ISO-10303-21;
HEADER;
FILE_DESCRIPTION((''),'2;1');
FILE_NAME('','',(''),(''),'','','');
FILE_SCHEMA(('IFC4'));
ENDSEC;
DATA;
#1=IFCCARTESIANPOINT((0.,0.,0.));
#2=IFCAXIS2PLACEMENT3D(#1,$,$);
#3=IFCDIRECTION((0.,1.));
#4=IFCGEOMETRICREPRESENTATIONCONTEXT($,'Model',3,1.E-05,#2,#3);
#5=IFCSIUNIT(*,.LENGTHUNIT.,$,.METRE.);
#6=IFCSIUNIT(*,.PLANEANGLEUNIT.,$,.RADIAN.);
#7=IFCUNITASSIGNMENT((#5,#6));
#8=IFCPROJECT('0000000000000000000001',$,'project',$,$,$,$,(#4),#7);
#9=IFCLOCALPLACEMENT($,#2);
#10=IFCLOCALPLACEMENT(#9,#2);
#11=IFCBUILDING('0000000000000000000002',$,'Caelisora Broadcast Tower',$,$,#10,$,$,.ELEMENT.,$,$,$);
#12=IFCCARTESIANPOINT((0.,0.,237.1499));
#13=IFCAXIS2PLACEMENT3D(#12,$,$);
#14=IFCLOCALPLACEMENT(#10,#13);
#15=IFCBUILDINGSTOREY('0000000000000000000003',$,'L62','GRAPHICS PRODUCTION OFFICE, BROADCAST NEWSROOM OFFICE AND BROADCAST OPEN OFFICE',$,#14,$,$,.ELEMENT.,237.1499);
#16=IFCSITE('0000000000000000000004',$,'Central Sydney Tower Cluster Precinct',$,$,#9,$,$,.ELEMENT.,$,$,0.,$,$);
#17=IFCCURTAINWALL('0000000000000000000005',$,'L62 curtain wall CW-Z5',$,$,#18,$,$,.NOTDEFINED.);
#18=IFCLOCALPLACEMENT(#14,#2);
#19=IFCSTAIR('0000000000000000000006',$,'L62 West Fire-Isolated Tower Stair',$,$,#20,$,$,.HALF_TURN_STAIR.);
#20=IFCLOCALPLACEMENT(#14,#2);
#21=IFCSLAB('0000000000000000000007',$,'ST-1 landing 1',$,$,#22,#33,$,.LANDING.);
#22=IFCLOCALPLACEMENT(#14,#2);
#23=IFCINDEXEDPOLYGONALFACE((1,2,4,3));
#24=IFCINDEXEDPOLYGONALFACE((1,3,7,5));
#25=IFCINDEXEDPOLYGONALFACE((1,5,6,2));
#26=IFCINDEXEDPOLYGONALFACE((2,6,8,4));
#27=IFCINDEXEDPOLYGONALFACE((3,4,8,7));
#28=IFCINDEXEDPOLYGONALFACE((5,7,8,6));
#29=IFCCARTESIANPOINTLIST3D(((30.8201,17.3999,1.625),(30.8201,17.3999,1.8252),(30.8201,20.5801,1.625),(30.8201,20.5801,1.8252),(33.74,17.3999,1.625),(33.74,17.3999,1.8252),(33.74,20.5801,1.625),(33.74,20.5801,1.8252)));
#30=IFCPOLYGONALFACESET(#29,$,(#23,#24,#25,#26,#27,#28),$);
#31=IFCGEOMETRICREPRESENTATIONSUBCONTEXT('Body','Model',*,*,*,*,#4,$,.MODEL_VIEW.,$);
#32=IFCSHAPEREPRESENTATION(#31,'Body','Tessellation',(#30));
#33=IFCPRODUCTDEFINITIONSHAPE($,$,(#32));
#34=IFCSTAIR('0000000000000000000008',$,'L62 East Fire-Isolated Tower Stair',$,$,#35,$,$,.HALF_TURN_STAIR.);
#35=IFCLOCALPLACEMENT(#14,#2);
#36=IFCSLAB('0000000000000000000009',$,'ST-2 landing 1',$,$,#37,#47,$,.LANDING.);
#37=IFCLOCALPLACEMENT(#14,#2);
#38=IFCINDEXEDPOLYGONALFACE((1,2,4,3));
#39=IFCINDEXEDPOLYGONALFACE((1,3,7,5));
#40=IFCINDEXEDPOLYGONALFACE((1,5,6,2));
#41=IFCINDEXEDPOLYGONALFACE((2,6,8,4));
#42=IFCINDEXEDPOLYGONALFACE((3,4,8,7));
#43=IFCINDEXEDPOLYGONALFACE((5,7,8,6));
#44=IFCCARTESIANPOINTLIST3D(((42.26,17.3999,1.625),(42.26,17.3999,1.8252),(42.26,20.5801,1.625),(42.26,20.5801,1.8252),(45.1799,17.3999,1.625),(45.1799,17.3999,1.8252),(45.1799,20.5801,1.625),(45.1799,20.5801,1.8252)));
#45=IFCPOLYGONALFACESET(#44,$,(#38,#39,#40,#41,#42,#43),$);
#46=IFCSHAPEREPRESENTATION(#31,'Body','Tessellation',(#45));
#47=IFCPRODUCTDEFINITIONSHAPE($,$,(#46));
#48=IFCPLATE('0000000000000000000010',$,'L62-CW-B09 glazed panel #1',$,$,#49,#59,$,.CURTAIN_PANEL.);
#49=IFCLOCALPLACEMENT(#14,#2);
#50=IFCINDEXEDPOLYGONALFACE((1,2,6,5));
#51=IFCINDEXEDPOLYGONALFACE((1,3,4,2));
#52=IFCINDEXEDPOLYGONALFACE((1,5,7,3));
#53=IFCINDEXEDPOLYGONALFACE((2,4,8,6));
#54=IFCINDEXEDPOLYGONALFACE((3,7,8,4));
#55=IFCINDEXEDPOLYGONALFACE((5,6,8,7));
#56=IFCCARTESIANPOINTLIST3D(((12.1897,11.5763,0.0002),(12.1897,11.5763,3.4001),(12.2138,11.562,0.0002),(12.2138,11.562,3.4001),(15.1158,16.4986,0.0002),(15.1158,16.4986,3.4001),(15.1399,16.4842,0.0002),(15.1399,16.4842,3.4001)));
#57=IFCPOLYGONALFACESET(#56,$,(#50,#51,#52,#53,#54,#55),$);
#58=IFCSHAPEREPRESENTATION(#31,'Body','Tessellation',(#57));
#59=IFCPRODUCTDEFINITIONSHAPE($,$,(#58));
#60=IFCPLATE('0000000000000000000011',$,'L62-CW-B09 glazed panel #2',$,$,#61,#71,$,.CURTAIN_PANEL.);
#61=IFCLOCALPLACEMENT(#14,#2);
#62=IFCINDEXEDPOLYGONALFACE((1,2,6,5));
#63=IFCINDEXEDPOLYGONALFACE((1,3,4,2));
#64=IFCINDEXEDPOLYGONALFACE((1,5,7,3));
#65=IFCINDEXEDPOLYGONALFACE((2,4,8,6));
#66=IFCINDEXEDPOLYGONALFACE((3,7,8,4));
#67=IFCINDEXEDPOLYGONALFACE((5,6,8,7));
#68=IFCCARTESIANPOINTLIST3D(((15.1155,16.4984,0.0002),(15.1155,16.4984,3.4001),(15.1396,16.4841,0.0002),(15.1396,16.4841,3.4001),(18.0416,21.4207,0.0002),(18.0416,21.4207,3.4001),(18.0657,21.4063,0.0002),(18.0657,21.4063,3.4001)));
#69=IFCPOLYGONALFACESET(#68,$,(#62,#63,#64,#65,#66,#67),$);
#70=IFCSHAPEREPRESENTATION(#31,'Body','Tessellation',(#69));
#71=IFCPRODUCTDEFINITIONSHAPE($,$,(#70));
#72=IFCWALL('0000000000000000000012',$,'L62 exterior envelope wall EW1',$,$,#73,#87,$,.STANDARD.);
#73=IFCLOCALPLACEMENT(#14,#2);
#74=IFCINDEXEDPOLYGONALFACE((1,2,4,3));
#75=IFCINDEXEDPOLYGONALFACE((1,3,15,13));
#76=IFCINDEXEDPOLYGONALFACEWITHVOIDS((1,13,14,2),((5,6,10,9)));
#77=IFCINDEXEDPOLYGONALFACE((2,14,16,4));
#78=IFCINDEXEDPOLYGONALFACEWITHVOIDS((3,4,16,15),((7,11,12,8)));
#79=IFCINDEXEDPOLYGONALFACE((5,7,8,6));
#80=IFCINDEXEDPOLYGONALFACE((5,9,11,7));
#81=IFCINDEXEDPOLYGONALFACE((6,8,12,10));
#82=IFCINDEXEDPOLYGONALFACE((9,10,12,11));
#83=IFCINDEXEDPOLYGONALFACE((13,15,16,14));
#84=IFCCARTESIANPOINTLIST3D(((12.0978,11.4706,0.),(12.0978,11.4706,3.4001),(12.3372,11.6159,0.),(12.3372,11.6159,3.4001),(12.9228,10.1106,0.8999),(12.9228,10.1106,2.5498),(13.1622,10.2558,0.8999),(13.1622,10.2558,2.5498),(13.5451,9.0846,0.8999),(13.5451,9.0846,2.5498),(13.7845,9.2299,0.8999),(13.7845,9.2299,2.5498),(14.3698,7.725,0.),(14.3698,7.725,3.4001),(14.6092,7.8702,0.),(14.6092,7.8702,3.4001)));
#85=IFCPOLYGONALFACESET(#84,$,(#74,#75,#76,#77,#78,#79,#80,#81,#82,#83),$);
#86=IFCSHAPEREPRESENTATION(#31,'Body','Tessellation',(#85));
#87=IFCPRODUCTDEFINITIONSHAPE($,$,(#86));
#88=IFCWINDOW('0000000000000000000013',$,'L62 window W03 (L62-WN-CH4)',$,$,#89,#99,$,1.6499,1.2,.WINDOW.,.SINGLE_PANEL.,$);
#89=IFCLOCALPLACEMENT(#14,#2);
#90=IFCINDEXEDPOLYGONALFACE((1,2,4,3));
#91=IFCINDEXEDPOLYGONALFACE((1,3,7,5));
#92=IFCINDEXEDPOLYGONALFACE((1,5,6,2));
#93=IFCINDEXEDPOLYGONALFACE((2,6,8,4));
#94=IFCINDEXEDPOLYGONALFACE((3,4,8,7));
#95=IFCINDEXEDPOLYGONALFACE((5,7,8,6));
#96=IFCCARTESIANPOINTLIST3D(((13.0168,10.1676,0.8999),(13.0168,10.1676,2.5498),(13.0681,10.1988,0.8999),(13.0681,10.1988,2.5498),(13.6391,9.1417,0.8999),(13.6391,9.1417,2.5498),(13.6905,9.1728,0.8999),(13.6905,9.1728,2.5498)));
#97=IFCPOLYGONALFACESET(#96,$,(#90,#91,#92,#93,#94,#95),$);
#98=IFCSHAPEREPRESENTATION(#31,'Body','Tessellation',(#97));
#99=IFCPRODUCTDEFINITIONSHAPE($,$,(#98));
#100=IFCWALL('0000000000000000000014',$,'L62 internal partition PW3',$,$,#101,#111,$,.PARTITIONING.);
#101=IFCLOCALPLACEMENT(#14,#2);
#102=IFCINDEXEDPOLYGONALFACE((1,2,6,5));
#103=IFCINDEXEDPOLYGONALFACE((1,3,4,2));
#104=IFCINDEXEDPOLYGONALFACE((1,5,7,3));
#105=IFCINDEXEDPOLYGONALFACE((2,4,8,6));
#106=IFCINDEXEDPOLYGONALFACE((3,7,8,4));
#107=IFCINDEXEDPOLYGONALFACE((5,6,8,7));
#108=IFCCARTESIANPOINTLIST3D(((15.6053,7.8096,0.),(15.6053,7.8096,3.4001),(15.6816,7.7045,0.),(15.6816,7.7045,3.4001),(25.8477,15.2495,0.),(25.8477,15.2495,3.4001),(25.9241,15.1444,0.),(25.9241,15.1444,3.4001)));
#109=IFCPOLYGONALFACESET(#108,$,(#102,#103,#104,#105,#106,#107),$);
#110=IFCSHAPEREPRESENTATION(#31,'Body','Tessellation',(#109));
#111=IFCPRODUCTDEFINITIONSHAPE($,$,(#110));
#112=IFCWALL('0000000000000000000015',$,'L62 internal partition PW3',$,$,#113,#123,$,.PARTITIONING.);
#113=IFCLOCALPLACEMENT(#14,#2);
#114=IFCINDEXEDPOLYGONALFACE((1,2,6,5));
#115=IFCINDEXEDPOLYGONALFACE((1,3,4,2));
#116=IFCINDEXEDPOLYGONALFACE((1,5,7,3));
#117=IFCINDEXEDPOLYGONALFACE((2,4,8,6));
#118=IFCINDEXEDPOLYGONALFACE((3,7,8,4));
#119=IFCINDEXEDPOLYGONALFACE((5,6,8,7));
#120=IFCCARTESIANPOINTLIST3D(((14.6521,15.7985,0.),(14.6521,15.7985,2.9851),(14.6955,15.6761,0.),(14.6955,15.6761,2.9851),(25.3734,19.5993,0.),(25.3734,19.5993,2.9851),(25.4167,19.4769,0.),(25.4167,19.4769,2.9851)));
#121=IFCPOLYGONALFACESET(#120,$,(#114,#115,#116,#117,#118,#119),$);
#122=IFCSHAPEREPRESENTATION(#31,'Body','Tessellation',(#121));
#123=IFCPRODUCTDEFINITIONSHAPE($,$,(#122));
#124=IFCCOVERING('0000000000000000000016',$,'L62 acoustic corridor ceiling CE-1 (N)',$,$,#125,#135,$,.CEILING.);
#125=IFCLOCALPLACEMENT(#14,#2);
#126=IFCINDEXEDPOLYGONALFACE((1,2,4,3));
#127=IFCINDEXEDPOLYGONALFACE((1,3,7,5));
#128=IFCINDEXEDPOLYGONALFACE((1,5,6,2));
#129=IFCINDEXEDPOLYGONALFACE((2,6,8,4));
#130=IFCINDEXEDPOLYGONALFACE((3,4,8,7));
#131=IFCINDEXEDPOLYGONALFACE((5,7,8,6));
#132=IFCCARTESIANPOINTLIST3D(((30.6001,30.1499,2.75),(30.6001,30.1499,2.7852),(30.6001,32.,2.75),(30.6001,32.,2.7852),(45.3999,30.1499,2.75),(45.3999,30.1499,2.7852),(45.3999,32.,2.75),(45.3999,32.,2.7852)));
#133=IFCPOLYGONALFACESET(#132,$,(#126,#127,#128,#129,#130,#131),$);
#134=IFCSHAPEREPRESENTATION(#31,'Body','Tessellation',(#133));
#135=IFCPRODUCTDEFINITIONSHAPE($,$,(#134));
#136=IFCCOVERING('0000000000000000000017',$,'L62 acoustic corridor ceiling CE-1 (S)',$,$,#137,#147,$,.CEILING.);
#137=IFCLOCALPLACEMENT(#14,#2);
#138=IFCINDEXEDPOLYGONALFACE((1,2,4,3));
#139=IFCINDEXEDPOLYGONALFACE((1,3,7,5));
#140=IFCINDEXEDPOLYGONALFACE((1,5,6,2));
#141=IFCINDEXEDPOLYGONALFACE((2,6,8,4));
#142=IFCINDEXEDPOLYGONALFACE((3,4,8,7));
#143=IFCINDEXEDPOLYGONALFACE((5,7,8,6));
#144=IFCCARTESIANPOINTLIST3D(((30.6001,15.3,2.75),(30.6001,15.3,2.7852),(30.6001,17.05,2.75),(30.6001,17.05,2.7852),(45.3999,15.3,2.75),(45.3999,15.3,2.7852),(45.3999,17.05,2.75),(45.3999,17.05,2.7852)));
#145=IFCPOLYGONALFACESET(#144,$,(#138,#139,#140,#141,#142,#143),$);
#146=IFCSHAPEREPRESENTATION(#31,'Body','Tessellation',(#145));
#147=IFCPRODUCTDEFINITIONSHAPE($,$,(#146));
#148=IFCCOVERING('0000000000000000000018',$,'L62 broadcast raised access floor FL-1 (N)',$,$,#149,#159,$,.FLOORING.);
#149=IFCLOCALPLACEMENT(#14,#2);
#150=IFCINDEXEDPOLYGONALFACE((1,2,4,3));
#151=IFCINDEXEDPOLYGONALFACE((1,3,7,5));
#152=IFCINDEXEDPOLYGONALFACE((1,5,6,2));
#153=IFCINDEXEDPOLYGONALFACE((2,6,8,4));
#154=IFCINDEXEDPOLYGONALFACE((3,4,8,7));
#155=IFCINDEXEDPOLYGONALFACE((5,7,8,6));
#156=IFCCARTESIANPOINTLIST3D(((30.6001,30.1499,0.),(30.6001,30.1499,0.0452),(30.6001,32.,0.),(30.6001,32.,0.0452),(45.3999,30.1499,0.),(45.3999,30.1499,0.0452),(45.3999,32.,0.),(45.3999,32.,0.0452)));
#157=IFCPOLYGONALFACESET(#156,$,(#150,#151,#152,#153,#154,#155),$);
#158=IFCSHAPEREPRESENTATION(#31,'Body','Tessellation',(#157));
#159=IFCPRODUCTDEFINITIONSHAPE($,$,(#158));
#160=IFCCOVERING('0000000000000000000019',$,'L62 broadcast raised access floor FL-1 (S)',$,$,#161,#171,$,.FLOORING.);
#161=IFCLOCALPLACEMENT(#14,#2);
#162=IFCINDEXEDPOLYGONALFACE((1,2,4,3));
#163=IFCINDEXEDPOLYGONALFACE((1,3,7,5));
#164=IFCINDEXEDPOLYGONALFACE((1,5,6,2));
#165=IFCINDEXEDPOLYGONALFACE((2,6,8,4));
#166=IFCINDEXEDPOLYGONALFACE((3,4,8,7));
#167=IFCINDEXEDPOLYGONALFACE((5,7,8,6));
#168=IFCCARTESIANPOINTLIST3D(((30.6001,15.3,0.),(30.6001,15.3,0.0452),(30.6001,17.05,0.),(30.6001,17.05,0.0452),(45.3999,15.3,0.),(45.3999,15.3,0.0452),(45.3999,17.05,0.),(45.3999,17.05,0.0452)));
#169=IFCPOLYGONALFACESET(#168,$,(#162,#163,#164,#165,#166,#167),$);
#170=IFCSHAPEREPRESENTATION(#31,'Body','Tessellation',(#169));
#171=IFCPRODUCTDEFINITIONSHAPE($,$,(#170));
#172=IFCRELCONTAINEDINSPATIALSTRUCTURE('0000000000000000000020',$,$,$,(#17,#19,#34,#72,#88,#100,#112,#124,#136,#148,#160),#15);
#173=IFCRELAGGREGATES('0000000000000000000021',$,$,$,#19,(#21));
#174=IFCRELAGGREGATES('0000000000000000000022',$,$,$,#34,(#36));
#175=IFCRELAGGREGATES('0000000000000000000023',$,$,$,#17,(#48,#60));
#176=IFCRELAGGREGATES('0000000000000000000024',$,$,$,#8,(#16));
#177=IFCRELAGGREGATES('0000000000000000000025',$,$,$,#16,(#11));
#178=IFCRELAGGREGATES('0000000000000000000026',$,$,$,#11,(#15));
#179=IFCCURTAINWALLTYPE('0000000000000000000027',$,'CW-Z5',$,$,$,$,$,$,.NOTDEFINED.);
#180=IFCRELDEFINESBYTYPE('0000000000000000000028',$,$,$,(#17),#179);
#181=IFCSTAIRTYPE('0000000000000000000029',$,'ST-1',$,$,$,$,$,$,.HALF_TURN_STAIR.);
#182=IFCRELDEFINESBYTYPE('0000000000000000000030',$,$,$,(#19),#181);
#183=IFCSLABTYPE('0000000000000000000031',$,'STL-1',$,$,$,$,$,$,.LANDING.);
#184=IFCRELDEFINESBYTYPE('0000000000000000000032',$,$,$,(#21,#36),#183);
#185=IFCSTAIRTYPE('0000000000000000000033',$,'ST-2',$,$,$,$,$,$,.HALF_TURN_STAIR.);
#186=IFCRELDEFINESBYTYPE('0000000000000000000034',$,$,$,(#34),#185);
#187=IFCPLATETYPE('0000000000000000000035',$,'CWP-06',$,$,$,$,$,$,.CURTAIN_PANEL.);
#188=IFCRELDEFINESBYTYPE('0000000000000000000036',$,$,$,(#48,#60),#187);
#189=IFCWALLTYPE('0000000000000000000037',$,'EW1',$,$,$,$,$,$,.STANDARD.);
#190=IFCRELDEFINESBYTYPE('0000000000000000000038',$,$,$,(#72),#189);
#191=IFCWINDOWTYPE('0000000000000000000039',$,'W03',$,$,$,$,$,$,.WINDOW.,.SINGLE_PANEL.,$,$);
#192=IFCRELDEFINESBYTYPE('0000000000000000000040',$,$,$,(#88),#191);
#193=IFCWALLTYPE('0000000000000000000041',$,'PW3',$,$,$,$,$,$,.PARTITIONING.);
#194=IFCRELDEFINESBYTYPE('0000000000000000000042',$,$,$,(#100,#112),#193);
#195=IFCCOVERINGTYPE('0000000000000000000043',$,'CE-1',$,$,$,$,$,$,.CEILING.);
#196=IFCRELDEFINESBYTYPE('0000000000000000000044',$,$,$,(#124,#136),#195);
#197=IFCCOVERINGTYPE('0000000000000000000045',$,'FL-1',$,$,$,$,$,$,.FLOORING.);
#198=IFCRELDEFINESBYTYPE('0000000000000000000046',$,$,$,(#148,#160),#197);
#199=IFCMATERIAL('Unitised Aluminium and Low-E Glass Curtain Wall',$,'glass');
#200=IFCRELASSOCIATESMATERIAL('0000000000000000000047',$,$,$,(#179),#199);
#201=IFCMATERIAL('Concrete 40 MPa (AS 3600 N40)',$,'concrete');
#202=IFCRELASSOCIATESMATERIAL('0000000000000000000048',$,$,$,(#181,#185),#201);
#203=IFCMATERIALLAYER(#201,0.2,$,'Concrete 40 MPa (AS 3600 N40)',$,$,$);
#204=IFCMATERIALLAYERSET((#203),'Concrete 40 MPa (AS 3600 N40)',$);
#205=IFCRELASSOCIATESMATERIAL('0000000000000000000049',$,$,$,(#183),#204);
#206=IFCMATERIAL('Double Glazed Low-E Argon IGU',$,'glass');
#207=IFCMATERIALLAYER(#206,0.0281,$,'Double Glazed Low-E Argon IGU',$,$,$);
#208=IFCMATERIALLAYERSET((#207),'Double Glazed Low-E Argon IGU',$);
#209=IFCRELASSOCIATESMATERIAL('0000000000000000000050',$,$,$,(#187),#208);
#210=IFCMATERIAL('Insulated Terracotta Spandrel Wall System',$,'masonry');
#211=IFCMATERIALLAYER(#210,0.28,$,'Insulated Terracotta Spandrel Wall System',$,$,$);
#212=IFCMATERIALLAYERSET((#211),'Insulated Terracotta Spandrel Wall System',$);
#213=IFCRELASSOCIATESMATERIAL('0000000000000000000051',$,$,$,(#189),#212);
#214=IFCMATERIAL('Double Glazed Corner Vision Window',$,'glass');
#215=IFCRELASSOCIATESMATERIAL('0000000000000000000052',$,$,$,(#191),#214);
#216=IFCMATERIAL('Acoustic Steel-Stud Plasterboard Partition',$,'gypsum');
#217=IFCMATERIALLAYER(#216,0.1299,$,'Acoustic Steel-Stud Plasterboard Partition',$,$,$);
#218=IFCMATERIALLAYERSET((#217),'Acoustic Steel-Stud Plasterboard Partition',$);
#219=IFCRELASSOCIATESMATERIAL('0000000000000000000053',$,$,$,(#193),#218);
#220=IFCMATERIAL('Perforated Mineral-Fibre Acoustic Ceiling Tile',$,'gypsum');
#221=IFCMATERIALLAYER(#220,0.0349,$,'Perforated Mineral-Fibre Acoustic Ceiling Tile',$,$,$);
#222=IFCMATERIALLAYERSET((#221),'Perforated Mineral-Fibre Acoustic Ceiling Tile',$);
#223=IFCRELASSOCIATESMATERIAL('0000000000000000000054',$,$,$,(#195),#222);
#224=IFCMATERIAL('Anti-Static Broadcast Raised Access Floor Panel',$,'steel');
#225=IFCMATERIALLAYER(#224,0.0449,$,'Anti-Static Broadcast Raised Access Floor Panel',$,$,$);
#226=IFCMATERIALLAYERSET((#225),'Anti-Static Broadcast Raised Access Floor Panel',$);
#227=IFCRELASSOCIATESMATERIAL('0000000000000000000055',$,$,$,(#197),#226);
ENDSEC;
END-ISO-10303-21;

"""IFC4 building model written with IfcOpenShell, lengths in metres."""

from ifc_helpers import new_model, si_unit, direction, frame, frame_2d, origin, origin_2d, place, context, subcontext, project, spatial, polyline, rectangle, outline, extrude, source, transform, mapped, material, layer, layer_set, type_object, type_shapes, element, fill, aggregate, save


model = new_model("IFC4")

# Units and contexts
model_context = context("Model", 3, precision=1e-05, world=origin(), true_north=direction((0.0, 1.0)))
body_context = subcontext(model_context, "Body", "Model", "MODEL_VIEW")
ifc_project = project(units=[si_unit("LENGTHUNIT", "METRE"), si_unit("PLANEANGLEUNIT", "RADIAN")], contexts=[model_context])

# Site, building, storey
site_placement = place(None, origin())
site = spatial("IfcSite", under=ifc_project, at=site_placement, Name="Central Sydney Tower Cluster Precinct", CompositionType="ELEMENT", RefElevation=0.0)
building_placement = place(site_placement, origin())
building = spatial("IfcBuilding", under=site, at=building_placement, Name="Caelisora Broadcast Tower", CompositionType="ELEMENT")
storey_placement = place(building_placement, frame((0.0, 0.0, 237.1499)))
storey = spatial("IfcBuildingStorey", under=building, at=storey_placement, Name="L62", Description="GRAPHICS PRODUCTION OFFICE, BROADCAST NEWSROOM OFFICE AND BROADCAST OPEN OFFICE", CompositionType="ELEMENT", Elevation=237.1499)

# Shared definitions
ifc_material_1 = material(Name="Unitised Aluminium and Low-E Glass Curtain Wall", Category="glass")
curtain_wall_type = type_object("IfcCurtainWallType", Name="CW-Z5", PredefinedType="NOTDEFINED", material=ifc_material_1)

# Curtain wall
curtain_wall_1_placement = place(storey_placement, origin())
curtain_wall_1 = element("IfcCurtainWall", 1, at=curtain_wall_1_placement, inside=storey, type_object=curtain_wall_type, Name="L62 curtain wall CW-Z5", PredefinedType="NOTDEFINED")

# Shared definitions
ifc_material_2 = material(Name="Concrete 40 MPa (AS 3600 N40)", Category="concrete")

# Stairs, slabs
stair_type_1 = type_object("IfcStairType", Name="ST-1", PredefinedType="HALF_TURN_STAIR", material=ifc_material_2)
stair_1_placement = place(storey_placement, origin())
stair_1 = element("IfcStair", 2, at=stair_1_placement, inside=storey, type_object=stair_type_1, Name="L62 West Fire-Isolated Tower Stair", PredefinedType="HALF_TURN_STAIR")
ifc_layer_1 = layer(ifc_material_2, 0.2, Name="Concrete 40 MPa (AS 3600 N40)")
ifc_layer_set_1 = layer_set([ifc_layer_1], Name="Concrete 40 MPa (AS 3600 N40)")
slab_type_1 = type_object("IfcSlabType", Name="STL-1", PredefinedType="LANDING", material=ifc_layer_set_1)
slab_1_placement = place(storey_placement, frame((0.0, 0.0, 1.625)))
slab_1 = element("IfcSlab", 3, at=slab_1_placement, type_object=slab_type_1, Name="ST-1 landing 1", PredefinedType="LANDING", context=body_context, shape_type="SweptSolid", body=[
    extrude(outline(polyline([(30.8201, 20.5801), (30.8201, 17.3999), (33.74, 17.3999), (33.74, 20.5801), (30.8201, 20.5801)])), origin(), (0.0, 0.0, 1.0), 0.2002),
])
aggregate(stair_1, [slab_1])
stair_type_2 = type_object("IfcStairType", Name="ST-2", PredefinedType="HALF_TURN_STAIR", material=ifc_material_2)
stair_2_placement = place(storey_placement, origin())
stair_2 = element("IfcStair", 4, at=stair_2_placement, inside=storey, type_object=stair_type_2, Name="L62 East Fire-Isolated Tower Stair", PredefinedType="HALF_TURN_STAIR")
slab_2_placement = place(storey_placement, frame((0.0, 0.0, 1.625)))
slab_2 = element("IfcSlab", 5, at=slab_2_placement, type_object=slab_type_1, Name="ST-2 landing 1", PredefinedType="LANDING", context=body_context, shape_type="SweptSolid", body=[
    extrude(outline(polyline([(42.26, 20.5801), (42.26, 17.3999), (45.1799, 17.3999), (45.1799, 20.5801), (42.26, 20.5801)])), origin(), (0.0, 0.0, 1.0), 0.2002),
])
aggregate(stair_2, [slab_2])

# Plates
ifc_material_3 = material(Name="Double Glazed Low-E Argon IGU", Category="glass")
ifc_layer_2 = layer(ifc_material_3, 0.0281, Name="Double Glazed Low-E Argon IGU")
ifc_layer_set_2 = layer_set([ifc_layer_2], Name="Double Glazed Low-E Argon IGU")
plate_type = type_object("IfcPlateType", Name="CWP-06", PredefinedType="CURTAIN_PANEL", material=ifc_layer_set_2)
shared_shape_1 = source(origin(), body_context, "Body", "SweptSolid", [
    extrude(rectangle(XDim=5.7263, YDim=0.0281, at=origin_2d()), origin(), (0.0, 0.0, 1.0), 3.3999),
])
type_shapes(plate_type, [shared_shape_1])
plate_1_placement = place(storey_placement, frame((13.6648, 14.0303, 0.0002), z_axis=(0.0, 0.0, 1.0), x_axis=(0.510993, 0.859585, 0.0)))
plate_1 = element("IfcPlate", 6, at=plate_1_placement, type_object=plate_type, Name="L62-CW-B09 glazed panel #1", PredefinedType="CURTAIN_PANEL", context=body_context, shape_type="MappedRepresentation", body=[
    mapped(shared_shape_1, transform((0.0, 0.0, 0.0), scale=1.0)),
])
plate_2_placement = place(storey_placement, frame((16.5906, 18.9524, 0.0002), z_axis=(0.0, 0.0, 1.0), x_axis=(0.510993, 0.859585, 0.0)))
plate_2 = element("IfcPlate", 7, at=plate_2_placement, type_object=plate_type, Name="L62-CW-B09 glazed panel #2", PredefinedType="CURTAIN_PANEL", context=body_context, shape_type="MappedRepresentation", body=[
    mapped(shared_shape_1, transform((0.0, 0.0, 0.0), scale=1.0)),
])
aggregate(curtain_wall_1, [plate_1, plate_2])

# Wall, opening, window
ifc_material_4 = material(Name="Insulated Terracotta Spandrel Wall System", Category="masonry")
ifc_layer_3 = layer(ifc_material_4, 0.28, Name="Insulated Terracotta Spandrel Wall System")
ifc_layer_set_3 = layer_set([ifc_layer_3], Name="Insulated Terracotta Spandrel Wall System")
wall_type_1 = type_object("IfcWallType", Name="EW1", PredefinedType="STANDARD", material=ifc_layer_set_3)
wall_1_placement = place(storey_placement, frame((14.4895, 7.7976, 0.0), z_axis=(0.0, 0.0, 1.0), x_axis=(-0.51862, 0.855005, 0.0)))
wall_1 = element("IfcWall", 8, at=wall_1_placement, inside=storey, type_object=wall_type_1, Name="L62 exterior envelope wall EW1", PredefinedType="STANDARD", context=body_context, shape_type="SweptSolid", body=[
    extrude(rectangle(XDim=4.3809, YDim=0.28, at=frame_2d((2.1904, 0.0))), origin(), (0.0, 0.0, 1.0), 3.4001),
])
opening_placement = place(wall_1_placement, frame((1.5901, 0.0, 0.8999)))
opening = element("IfcOpeningElement", 9, at=opening_placement, cuts=wall_1, PredefinedType="OPENING", context=body_context, shape_type="SweptSolid", body=[
    extrude(rectangle(XDim=1.2, YDim=1.6499, at=frame_2d((0.6001, 0.825))), frame((0.0, 0.1521, 0.0), z_axis=(0.0, -1.0, 0.0), x_axis=(1.0, 0.0, 0.0)), (0.0, 0.0, 1.0), 0.304),
])
ifc_material_5 = material(Name="Double Glazed Corner Vision Window", Category="glass")
window_type = type_object("IfcWindowType", Name="W03", PartitioningType="SINGLE_PANEL", PredefinedType="WINDOW", material=ifc_material_5)
window_placement = place(opening_placement, origin())
window = element("IfcWindow", 10, at=window_placement, inside=storey, type_object=window_type, Name="L62 window W03 (L62-WN-CH4)", OverallHeight=1.6499, OverallWidth=1.2, PartitioningType="SINGLE_PANEL", PredefinedType="WINDOW", context=body_context, shape_type="SweptSolid", body=[
    extrude(rectangle(XDim=1.2, YDim=1.6499, at=frame_2d((0.6001, 0.825))), frame((0.0, 0.03, 0.0), z_axis=(0.0, -1.0, 0.0), x_axis=(1.0, 0.0, 0.0)), (0.0, 0.0, 1.0), 0.0601),
])
fill(opening, window)

# Walls
ifc_material_6 = material(Name="Acoustic Steel-Stud Plasterboard Partition", Category="gypsum")
ifc_layer_4 = layer(ifc_material_6, 0.1299, Name="Acoustic Steel-Stud Plasterboard Partition")
ifc_layer_set_4 = layer_set([ifc_layer_4], Name="Acoustic Steel-Stud Plasterboard Partition")
wall_type_2 = type_object("IfcWallType", Name="PW3", PredefinedType="PARTITIONING", material=ifc_layer_set_4)
wall_2_placement = place(storey_placement, frame((15.6436, 7.7571, 0.0), z_axis=(0.0, 0.0, 1.0), x_axis=(0.809078, 0.587701, 0.0)))
element("IfcWall", 11, at=wall_2_placement, inside=storey, type_object=wall_type_2, Name="L62 internal partition PW3", PredefinedType="PARTITIONING", context=body_context, shape_type="SweptSolid", body=[
    extrude(rectangle(XDim=12.6594, YDim=0.1299, at=frame_2d((6.3296, 0.0))), origin(), (0.0, 0.0, 1.0), 3.4001),
])
wall_3_placement = place(storey_placement, frame((14.6738, 15.7373, 0.0), z_axis=(0.0, 0.0, 1.0), x_axis=(0.942525, 0.334136, 0.0)))
element("IfcWall", 12, at=wall_3_placement, inside=storey, type_object=wall_type_2, Name="L62 internal partition PW3", PredefinedType="PARTITIONING", context=body_context, shape_type="SweptSolid", body=[
    extrude(rectangle(XDim=11.375, YDim=0.1299, at=frame_2d((5.6875, 0.0))), origin(), (0.0, 0.0, 1.0), 2.9851),
])

# Coverings
ifc_material_7 = material(Name="Perforated Mineral-Fibre Acoustic Ceiling Tile", Category="gypsum")
ifc_layer_5 = layer(ifc_material_7, 0.0349, Name="Perforated Mineral-Fibre Acoustic Ceiling Tile")
ifc_layer_set_5 = layer_set([ifc_layer_5], Name="Perforated Mineral-Fibre Acoustic Ceiling Tile")
covering_type_1 = type_object("IfcCoveringType", Name="CE-1", PredefinedType="CEILING", material=ifc_layer_set_5)
covering_1_placement = place(storey_placement, frame((0.0, 0.0, 2.75)))
element("IfcCovering", 13, at=covering_1_placement, inside=storey, type_object=covering_type_1, Name="L62 acoustic corridor ceiling CE-1 (N)", PredefinedType="CEILING", context=body_context, shape_type="SweptSolid", body=[
    extrude(outline(polyline([(30.6001, 30.1499), (45.3999, 30.1499), (45.3999, 32.0), (30.6001, 32.0), (30.6001, 30.1499)])), origin(), (0.0, 0.0, 1.0), 0.0352),
])
covering_2_placement = place(storey_placement, frame((0.0, 0.0, 2.75)))
element("IfcCovering", 14, at=covering_2_placement, inside=storey, type_object=covering_type_1, Name="L62 acoustic corridor ceiling CE-1 (S)", PredefinedType="CEILING", context=body_context, shape_type="SweptSolid", body=[
    extrude(outline(polyline([(30.6001, 15.3), (45.3999, 15.3), (45.3999, 17.05), (30.6001, 17.05), (30.6001, 15.3)])), origin(), (0.0, 0.0, 1.0), 0.0352),
])
ifc_material_8 = material(Name="Anti-Static Broadcast Raised Access Floor Panel", Category="steel")
ifc_layer_6 = layer(ifc_material_8, 0.0449, Name="Anti-Static Broadcast Raised Access Floor Panel")
ifc_layer_set_6 = layer_set([ifc_layer_6], Name="Anti-Static Broadcast Raised Access Floor Panel")
covering_type_2 = type_object("IfcCoveringType", Name="FL-1", PredefinedType="FLOORING", material=ifc_layer_set_6)
covering_3_placement = place(storey_placement, origin())
element("IfcCovering", 15, at=covering_3_placement, inside=storey, type_object=covering_type_2, Name="L62 broadcast raised access floor FL-1 (N)", PredefinedType="FLOORING", context=body_context, shape_type="SweptSolid", body=[
    extrude(outline(polyline([(30.6001, 30.1499), (45.3999, 30.1499), (45.3999, 32.0), (30.6001, 32.0), (30.6001, 30.1499)])), origin(), (0.0, 0.0, 1.0), 0.0452),
])
covering_4_placement = place(storey_placement, origin())
element("IfcCovering", 16, at=covering_4_placement, inside=storey, type_object=covering_type_2, Name="L62 broadcast raised access floor FL-1 (S)", PredefinedType="FLOORING", context=body_context, shape_type="SweptSolid", body=[
    extrude(outline(polyline([(30.6001, 15.3), (45.3999, 15.3), (45.3999, 17.05), (30.6001, 17.05), (30.6001, 15.3)])), origin(), (0.0, 0.0, 1.0), 0.0452),
])

save(model, "model.ifc")
